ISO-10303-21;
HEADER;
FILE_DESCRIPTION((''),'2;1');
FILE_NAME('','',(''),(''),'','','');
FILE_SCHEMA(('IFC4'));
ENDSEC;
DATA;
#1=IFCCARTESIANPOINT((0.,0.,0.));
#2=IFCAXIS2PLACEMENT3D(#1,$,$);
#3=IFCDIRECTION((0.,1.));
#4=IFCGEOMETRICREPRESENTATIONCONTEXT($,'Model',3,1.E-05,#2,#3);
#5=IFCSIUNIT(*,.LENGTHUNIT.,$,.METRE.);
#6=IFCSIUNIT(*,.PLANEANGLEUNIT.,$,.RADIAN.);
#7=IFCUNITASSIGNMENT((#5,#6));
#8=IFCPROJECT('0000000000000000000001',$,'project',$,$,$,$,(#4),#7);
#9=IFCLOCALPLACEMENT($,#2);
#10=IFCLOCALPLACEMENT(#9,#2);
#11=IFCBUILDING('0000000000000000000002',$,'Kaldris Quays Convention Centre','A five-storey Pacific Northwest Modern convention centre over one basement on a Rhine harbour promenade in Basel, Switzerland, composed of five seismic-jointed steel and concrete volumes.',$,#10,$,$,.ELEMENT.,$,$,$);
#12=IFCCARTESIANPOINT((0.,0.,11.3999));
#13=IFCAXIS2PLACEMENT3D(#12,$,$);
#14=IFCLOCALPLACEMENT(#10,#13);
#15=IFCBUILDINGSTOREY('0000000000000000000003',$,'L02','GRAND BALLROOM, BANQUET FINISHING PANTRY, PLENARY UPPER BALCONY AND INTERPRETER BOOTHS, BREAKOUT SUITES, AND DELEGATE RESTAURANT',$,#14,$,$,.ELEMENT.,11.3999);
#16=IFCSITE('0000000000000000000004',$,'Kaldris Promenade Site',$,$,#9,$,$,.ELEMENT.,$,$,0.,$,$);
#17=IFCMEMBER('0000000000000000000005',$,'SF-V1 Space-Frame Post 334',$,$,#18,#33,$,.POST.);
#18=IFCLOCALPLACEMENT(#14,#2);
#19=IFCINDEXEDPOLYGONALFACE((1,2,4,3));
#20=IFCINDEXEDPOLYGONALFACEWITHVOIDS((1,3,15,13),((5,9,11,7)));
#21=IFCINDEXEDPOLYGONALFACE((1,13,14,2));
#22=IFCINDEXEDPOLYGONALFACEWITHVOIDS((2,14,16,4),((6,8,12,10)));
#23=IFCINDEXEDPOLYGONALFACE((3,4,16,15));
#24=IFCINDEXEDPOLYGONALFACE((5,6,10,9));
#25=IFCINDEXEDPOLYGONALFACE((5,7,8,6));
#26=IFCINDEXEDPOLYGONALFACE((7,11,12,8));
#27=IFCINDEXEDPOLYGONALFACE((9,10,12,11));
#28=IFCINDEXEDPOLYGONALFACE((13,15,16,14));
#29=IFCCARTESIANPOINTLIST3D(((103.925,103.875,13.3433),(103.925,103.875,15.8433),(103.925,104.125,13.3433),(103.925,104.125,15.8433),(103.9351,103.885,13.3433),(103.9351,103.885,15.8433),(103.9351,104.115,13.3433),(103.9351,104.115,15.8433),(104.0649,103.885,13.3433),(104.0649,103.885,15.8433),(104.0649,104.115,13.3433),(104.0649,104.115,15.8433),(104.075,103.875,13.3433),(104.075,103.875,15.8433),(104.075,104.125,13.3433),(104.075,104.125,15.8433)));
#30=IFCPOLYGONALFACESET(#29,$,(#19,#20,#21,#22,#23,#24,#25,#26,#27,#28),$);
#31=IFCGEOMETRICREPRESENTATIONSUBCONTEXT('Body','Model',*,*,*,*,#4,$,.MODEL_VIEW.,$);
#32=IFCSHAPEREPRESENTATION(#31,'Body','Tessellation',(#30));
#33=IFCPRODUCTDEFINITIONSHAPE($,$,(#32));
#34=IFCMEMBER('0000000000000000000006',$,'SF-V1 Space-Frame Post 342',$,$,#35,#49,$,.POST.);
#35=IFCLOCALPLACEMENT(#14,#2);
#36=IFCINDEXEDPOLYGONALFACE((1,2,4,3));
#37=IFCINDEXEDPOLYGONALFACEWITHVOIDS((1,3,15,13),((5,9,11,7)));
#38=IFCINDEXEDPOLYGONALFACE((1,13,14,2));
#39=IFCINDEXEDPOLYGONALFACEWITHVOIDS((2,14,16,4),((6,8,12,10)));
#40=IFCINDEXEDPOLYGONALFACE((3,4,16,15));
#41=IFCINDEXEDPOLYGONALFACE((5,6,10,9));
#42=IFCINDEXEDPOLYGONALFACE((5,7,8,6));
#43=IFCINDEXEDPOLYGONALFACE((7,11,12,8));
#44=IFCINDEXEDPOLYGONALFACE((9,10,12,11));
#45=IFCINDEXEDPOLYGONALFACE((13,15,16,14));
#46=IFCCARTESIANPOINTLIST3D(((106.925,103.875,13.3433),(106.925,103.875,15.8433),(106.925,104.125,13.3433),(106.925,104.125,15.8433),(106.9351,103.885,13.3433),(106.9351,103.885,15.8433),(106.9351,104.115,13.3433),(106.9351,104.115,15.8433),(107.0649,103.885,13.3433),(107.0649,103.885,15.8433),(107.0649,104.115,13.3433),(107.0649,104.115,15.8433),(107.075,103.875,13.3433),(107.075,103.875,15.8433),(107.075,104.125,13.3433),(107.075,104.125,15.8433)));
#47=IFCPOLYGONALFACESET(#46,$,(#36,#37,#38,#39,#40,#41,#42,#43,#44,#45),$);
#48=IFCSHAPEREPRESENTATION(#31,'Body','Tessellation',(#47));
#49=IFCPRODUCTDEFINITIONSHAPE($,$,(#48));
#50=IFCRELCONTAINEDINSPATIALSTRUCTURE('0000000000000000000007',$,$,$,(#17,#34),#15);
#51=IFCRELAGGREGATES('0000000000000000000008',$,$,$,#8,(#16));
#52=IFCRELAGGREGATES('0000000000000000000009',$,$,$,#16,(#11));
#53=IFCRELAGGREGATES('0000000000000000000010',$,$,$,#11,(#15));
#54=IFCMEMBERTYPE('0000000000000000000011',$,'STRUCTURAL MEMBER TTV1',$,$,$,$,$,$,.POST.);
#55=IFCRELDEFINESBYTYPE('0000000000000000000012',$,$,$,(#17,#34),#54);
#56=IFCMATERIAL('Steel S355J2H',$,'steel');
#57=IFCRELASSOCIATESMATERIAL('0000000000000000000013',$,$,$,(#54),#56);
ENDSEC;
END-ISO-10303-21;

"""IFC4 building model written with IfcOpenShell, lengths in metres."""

from ifc_helpers import new_model, si_unit, direction, frame, origin, origin_2d, place, context, subcontext, project, spatial, hollow_rectangle, extrude, material, material_profile, profile_set, type_object, element, save


model = new_model("IFC4")

# Units and contexts
model_context = context("Model", 3, precision=1e-05, world=origin(), true_north=direction((0.0, 1.0)))
body_context = subcontext(model_context, "Body", "Model", "MODEL_VIEW")
ifc_project = project(units=[si_unit("LENGTHUNIT", "METRE"), si_unit("PLANEANGLEUNIT", "RADIAN")], contexts=[model_context])

# Site, building, storey
site_placement = place(None, origin())
site = spatial("IfcSite", under=ifc_project, at=site_placement, Name="Kaldris Promenade Site", CompositionType="ELEMENT", RefElevation=0.0)
building_placement = place(site_placement, origin())
building = spatial("IfcBuilding", under=site, at=building_placement, Name="Kaldris Quays Convention Centre", Description="A five-storey Pacific Northwest Modern convention centre over one basement on a Rhine harbour promenade in Basel, Switzerland, composed of five seismic-jointed steel and concrete volumes.", CompositionType="ELEMENT")
storey_placement = place(building_placement, frame((0.0, 0.0, 11.3999)))
storey = spatial("IfcBuildingStorey", under=building, at=storey_placement, Name="L02", Description="GRAND BALLROOM, BANQUET FINISHING PANTRY, PLENARY UPPER BALCONY AND INTERPRETER BOOTHS, BREAKOUT SUITES, AND DELEGATE RESTAURANT", CompositionType="ELEMENT", Elevation=11.3999)

# Members
ifc_material = material(Name="Steel S355J2H", Category="steel")
ifc_material_profile_1 = material_profile(ifc_material, hollow_rectangle(XDim=0.1499, YDim=0.25, WallThickness=0.01, at=origin_2d()), Name="RHS 250x150x10")
ifc_profile_set_1 = profile_set([ifc_material_profile_1], Name="Steel S355J2H")
member_type_1 = type_object("IfcMemberType", Name="STRUCTURAL MEMBER TTV1", PredefinedType="POST", material=ifc_profile_set_1)
for number, where, z_axis, x_axis, name in (
    (1, (104.0, 104.0, 13.3433), (0.0, 0.0, 1.0), (1.0, 0.0, 0.0), "SF-V1 Space-Frame Post 334"),
    (2, (107.0, 104.0, 13.3433), (0.0, 0.0, 1.0), (1.0, 0.0, 0.0), "SF-V1 Space-Frame Post 342"),
):
    element("IfcMember", number, at=place(storey_placement, frame(where, z_axis=z_axis, x_axis=x_axis)), inside=storey, type_object=member_type_1, Name=name, PredefinedType="POST", context=body_context, shape_type="SweptSolid", body=[
        extrude(hollow_rectangle(XDim=0.1499, YDim=0.25, WallThickness=0.01, at=origin_2d()), origin(), (0.0, 0.0, 1.0), 2.5),
    ])

save(model, "model.ifc")
